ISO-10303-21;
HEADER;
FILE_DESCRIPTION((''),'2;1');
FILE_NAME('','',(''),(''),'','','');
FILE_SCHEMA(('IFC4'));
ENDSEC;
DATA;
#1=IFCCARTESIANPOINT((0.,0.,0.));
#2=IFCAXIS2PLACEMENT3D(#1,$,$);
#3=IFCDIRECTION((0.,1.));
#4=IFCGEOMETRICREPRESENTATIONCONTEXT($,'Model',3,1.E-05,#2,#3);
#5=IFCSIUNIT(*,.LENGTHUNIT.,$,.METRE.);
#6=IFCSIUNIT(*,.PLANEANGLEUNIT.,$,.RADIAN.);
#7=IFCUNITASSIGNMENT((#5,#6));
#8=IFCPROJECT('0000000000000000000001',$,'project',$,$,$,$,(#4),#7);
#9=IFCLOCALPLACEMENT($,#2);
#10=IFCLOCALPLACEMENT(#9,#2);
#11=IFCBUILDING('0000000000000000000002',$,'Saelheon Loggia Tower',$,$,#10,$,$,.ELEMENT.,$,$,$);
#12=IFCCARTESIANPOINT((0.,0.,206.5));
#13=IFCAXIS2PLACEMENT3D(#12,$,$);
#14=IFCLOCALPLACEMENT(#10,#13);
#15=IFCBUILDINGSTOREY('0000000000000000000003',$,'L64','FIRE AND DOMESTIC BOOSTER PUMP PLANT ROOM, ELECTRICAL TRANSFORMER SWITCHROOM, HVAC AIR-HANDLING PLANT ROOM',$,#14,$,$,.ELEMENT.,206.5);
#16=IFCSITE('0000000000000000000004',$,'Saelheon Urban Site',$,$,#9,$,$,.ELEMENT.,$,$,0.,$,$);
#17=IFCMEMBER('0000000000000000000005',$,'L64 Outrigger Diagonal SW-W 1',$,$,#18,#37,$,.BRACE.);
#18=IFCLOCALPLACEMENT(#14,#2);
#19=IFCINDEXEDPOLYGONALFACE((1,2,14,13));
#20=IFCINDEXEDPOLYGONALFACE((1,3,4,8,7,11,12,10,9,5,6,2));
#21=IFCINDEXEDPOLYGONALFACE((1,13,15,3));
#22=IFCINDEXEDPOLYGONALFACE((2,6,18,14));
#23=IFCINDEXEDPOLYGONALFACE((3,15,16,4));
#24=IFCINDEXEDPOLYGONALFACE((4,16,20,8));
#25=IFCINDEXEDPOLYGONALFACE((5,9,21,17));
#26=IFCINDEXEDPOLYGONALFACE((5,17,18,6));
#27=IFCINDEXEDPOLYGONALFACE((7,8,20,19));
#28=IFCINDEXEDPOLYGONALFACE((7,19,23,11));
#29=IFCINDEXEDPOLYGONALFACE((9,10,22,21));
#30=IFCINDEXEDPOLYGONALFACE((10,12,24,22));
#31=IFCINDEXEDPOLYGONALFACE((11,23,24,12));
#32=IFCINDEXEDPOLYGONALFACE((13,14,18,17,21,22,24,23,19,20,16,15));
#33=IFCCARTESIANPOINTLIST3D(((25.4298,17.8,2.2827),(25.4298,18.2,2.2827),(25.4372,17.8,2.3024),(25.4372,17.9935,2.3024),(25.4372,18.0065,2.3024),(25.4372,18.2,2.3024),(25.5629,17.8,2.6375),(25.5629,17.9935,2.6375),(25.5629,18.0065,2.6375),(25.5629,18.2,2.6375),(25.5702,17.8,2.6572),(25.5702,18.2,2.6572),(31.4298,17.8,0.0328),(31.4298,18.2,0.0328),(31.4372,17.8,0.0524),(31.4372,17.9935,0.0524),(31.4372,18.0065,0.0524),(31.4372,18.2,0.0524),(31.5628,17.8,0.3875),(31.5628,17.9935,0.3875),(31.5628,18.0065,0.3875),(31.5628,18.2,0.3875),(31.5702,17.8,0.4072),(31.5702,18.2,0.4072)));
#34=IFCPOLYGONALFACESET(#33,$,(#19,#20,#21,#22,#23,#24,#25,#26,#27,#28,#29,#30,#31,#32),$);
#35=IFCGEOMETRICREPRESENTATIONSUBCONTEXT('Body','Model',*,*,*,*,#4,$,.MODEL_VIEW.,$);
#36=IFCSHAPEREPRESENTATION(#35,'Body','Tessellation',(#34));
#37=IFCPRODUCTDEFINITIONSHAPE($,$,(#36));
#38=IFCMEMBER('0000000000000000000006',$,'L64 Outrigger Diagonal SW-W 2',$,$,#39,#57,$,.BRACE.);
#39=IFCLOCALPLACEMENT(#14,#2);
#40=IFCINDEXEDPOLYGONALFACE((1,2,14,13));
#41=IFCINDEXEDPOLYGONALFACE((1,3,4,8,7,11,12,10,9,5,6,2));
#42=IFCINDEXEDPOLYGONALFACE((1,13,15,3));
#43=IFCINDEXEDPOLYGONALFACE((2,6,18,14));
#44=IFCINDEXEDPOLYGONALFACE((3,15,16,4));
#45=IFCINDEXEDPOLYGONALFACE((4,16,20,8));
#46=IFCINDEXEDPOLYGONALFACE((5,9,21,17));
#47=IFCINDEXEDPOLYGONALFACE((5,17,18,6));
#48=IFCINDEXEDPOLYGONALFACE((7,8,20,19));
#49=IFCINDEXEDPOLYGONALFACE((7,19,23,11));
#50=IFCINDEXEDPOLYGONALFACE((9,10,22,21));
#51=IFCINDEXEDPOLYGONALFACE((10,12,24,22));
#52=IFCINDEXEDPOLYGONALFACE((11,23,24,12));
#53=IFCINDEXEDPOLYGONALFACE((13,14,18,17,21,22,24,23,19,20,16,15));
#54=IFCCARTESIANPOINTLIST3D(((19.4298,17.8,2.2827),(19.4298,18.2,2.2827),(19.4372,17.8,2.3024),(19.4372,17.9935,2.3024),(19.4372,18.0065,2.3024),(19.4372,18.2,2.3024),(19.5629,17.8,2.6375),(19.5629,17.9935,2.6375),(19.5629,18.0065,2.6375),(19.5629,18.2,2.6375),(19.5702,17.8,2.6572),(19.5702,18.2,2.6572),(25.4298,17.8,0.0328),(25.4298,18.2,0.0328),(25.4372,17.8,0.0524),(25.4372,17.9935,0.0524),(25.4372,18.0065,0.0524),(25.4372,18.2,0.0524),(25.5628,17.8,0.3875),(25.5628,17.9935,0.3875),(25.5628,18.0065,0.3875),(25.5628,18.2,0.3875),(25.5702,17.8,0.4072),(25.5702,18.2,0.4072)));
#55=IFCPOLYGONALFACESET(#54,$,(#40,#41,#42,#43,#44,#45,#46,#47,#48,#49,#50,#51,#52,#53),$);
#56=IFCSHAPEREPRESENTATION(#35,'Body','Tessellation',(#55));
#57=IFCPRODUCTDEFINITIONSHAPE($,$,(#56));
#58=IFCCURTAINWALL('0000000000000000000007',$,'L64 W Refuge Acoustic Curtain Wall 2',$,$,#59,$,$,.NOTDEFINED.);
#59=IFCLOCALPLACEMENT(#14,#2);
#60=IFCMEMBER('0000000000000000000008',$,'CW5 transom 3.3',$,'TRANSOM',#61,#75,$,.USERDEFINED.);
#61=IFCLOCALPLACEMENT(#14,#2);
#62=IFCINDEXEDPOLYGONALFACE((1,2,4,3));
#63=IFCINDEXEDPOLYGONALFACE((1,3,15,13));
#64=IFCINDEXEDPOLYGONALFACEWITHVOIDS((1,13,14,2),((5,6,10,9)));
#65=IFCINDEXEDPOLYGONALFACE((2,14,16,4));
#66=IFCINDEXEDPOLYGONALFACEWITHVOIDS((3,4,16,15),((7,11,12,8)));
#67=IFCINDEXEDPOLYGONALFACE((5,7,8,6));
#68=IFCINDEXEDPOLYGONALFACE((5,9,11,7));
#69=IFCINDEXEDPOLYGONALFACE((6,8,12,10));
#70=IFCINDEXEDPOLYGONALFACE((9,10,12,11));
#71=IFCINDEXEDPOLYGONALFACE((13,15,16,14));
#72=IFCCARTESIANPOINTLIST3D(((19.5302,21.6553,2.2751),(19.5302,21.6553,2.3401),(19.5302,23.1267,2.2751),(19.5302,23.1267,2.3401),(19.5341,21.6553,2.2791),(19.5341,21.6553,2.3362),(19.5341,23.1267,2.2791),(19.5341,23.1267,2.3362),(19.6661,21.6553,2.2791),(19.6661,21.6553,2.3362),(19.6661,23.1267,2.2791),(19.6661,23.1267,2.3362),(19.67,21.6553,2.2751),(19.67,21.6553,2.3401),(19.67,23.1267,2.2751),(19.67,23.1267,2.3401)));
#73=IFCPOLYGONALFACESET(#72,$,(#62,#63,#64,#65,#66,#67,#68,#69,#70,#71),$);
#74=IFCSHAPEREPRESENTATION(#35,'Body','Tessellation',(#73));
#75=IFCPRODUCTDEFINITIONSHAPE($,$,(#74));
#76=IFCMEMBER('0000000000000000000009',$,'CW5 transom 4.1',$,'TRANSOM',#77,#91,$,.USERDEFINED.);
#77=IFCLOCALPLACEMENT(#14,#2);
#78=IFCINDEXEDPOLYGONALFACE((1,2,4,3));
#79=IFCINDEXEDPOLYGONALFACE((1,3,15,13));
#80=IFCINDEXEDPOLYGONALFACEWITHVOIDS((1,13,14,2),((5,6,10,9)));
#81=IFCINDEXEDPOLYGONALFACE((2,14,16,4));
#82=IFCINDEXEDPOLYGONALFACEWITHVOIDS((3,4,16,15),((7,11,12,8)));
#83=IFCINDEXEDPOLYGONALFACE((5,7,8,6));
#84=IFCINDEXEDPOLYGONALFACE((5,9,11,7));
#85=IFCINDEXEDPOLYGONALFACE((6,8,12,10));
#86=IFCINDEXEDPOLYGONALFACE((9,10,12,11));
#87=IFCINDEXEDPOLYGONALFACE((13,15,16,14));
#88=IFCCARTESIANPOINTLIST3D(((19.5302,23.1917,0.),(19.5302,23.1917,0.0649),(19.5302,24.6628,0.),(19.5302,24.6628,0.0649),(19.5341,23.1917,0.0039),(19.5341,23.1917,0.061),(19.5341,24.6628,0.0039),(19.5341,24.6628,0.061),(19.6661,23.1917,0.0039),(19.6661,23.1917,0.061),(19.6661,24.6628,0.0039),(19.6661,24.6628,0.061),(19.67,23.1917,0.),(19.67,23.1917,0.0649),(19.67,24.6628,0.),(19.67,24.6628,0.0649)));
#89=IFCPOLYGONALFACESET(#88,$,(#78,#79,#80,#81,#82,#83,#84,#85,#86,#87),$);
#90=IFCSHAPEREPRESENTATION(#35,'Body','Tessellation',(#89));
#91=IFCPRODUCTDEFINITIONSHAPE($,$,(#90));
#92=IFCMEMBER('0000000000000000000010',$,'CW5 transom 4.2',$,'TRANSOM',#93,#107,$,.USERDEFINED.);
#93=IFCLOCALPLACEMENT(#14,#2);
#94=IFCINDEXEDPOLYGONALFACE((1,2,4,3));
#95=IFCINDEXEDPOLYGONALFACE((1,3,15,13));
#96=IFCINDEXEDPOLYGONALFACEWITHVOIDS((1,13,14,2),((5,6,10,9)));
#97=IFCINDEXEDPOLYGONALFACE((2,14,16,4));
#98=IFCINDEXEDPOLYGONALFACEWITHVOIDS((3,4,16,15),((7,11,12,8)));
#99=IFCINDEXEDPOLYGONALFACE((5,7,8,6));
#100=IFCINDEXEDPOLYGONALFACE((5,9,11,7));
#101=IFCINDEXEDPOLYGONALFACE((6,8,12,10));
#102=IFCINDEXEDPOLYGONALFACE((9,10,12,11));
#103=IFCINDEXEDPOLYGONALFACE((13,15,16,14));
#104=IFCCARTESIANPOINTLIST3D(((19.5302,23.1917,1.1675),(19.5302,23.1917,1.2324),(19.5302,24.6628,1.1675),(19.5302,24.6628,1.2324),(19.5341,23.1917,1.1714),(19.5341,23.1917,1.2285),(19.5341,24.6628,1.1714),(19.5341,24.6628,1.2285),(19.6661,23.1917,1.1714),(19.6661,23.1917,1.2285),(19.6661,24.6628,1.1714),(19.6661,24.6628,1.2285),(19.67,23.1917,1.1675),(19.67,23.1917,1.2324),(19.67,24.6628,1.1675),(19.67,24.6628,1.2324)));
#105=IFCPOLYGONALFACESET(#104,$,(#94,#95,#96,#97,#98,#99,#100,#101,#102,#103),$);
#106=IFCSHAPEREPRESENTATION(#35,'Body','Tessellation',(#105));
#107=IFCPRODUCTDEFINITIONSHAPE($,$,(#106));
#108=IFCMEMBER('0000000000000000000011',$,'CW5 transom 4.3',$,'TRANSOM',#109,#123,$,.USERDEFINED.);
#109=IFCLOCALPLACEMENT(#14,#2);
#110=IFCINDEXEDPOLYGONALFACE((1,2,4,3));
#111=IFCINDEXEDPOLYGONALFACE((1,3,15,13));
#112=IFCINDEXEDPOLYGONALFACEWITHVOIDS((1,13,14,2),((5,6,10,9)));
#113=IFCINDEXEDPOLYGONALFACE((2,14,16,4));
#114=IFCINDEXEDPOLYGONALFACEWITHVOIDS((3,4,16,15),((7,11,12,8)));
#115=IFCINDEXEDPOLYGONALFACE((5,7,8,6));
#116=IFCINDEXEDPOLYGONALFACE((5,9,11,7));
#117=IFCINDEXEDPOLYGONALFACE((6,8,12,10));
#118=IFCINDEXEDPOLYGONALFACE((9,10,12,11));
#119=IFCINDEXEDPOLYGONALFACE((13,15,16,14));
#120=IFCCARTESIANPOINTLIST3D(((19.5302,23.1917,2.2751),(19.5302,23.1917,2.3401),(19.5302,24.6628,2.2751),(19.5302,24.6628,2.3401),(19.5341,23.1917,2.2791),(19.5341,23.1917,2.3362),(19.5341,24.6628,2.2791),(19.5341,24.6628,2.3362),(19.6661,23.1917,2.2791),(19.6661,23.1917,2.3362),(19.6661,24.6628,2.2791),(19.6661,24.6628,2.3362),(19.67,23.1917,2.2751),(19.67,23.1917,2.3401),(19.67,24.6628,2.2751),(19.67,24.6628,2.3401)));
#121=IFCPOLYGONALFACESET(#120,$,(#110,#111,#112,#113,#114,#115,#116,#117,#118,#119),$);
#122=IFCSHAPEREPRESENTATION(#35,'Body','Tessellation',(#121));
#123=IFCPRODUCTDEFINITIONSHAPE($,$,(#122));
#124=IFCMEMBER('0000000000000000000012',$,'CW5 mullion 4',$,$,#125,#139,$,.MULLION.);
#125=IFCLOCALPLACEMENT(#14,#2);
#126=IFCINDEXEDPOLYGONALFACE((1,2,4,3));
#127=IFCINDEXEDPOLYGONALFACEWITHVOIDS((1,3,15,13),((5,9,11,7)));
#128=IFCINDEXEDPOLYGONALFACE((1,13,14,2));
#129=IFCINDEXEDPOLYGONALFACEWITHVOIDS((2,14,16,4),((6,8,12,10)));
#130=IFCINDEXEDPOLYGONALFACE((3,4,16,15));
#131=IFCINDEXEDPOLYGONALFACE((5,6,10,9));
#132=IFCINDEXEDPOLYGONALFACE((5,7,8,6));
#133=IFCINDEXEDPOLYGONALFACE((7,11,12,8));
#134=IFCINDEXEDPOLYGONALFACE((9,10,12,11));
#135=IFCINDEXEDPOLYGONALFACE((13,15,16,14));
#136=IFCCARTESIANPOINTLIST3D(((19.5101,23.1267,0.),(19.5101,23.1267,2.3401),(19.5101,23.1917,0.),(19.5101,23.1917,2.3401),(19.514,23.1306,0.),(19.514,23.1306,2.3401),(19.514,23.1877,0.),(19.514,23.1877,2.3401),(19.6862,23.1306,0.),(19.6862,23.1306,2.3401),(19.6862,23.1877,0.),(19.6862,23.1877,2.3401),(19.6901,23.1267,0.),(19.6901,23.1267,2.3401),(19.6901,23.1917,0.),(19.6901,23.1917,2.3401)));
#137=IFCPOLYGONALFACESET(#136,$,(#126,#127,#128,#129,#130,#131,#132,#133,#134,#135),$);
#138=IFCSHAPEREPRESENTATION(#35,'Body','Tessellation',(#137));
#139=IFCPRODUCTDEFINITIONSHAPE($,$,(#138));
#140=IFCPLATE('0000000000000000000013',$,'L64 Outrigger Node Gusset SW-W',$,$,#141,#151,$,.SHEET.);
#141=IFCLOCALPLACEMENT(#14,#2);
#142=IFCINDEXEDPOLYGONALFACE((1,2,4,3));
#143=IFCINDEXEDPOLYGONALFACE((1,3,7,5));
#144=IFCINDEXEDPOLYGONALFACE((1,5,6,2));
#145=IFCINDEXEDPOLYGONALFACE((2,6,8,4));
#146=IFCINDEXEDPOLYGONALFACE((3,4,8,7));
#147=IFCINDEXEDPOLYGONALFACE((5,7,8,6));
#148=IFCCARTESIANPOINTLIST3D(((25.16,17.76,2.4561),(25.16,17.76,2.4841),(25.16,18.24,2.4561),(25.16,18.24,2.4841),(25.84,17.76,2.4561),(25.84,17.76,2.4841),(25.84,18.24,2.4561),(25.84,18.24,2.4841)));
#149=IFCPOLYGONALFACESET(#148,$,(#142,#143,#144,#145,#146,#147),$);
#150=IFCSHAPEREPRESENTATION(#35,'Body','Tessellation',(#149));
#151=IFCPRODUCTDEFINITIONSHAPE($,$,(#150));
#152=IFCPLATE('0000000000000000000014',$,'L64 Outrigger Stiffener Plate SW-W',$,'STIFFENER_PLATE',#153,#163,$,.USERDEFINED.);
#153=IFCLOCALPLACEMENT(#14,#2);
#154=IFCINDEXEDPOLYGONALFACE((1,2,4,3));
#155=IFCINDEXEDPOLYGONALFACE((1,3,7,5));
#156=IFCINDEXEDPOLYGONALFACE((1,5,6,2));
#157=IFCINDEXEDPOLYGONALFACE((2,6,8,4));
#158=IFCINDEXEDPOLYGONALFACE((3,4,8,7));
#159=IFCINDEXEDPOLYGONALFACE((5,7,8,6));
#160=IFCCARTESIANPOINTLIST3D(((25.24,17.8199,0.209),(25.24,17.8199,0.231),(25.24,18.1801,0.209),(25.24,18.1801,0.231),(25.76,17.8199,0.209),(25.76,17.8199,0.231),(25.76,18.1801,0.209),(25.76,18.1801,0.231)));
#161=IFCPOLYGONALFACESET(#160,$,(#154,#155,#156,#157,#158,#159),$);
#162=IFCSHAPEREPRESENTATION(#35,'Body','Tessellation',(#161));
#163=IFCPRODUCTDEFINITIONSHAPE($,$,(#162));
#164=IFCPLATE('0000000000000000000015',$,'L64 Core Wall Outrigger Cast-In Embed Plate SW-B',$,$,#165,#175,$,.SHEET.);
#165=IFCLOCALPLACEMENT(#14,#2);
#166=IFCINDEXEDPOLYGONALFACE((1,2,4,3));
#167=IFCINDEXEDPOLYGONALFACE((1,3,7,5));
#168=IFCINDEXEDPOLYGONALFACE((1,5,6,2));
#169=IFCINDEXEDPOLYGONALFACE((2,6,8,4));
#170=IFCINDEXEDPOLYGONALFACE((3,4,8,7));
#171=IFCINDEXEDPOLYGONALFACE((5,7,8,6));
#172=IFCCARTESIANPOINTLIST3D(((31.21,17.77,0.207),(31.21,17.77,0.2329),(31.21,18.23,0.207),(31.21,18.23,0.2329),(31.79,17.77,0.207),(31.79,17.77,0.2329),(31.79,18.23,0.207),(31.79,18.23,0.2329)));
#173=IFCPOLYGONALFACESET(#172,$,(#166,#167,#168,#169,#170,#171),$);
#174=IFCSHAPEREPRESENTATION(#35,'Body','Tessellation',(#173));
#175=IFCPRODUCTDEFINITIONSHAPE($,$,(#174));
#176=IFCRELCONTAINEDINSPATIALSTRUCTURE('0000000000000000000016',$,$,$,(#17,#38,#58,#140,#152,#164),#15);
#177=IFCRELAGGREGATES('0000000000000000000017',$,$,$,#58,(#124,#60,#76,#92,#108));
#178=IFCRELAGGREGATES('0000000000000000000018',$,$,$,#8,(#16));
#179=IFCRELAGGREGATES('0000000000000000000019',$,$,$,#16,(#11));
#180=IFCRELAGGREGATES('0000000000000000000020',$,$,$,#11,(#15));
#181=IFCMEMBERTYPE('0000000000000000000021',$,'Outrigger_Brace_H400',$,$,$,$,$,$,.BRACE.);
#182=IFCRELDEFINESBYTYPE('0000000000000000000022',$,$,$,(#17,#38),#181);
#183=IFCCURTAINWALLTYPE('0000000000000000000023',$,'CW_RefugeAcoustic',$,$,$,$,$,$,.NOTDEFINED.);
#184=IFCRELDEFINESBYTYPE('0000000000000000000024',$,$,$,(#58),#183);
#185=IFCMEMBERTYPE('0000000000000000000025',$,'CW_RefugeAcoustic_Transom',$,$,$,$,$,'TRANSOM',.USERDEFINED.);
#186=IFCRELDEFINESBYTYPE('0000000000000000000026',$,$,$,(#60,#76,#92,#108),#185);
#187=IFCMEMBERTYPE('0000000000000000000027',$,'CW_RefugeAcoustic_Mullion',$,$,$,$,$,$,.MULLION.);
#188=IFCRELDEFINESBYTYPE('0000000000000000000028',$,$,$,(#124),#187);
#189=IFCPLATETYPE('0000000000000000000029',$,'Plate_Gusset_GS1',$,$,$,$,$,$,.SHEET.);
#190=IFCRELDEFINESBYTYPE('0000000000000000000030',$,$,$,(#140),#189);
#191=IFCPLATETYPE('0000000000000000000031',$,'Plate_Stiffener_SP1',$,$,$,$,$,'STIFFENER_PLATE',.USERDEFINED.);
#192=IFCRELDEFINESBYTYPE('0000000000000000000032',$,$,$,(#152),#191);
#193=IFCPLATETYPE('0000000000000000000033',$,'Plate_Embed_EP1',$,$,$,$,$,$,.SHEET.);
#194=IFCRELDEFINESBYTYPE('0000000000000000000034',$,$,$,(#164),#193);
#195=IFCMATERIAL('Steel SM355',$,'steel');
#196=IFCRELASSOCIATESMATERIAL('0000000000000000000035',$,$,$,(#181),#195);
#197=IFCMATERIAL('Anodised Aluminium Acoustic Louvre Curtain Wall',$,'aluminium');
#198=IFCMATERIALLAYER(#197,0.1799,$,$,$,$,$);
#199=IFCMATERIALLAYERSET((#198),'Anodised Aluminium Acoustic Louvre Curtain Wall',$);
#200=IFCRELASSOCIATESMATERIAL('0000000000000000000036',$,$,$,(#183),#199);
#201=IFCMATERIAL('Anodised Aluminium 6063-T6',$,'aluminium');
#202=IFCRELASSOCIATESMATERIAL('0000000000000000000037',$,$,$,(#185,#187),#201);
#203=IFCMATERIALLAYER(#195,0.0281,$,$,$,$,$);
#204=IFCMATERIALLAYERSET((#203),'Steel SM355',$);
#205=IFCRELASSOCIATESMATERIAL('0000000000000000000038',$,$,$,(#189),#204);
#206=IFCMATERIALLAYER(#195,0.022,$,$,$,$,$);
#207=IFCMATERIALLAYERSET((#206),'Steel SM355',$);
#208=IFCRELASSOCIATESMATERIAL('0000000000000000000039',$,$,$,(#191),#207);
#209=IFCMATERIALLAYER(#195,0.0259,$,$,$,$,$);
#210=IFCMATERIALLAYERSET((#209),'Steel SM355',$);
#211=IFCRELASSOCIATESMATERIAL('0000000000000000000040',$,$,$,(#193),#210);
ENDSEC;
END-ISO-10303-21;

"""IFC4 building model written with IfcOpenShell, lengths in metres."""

from ifc_helpers import new_model, si_unit, direction, frame, origin, origin_2d, place, context, subcontext, project, spatial, rectangle, hollow_rectangle, i_section, extrude, source, transform, mapped, material, layer, layer_set, material_profile, profile_set, type_object, element, aggregate, save


model = new_model("IFC4")

# Units and contexts
model_context = context("Model", 3, precision=1e-05, world=origin(), true_north=direction((0.0, 1.0)))
body_context = subcontext(model_context, "Body", "Model", "MODEL_VIEW")
ifc_project = project(units=[si_unit("LENGTHUNIT", "METRE"), si_unit("PLANEANGLEUNIT", "RADIAN")], contexts=[model_context])

# Site, building, storey
site_placement = place(None, origin())
site = spatial("IfcSite", under=ifc_project, at=site_placement, Name="Saelheon Urban Site", CompositionType="ELEMENT", RefElevation=0.0)
building_placement = place(site_placement, origin())
building = spatial("IfcBuilding", under=site, at=building_placement, Name="Saelheon Loggia Tower", CompositionType="ELEMENT")
storey_placement = place(building_placement, frame((0.0, 0.0, 206.5)))
storey = spatial("IfcBuildingStorey", under=building, at=storey_placement, Name="L64", Description="FIRE AND DOMESTIC BOOSTER PUMP PLANT ROOM, ELECTRICAL TRANSFORMER SWITCHROOM, HVAC AIR-HANDLING PLANT ROOM", CompositionType="ELEMENT", Elevation=206.5)

# Members
ifc_material_1 = material(Name="Steel SM355", Category="steel")
ifc_material_profile_1 = material_profile(ifc_material_1, i_section(OverallWidth=0.3999, OverallDepth=0.3999, WebThickness=0.0129, FlangeThickness=0.021, at=origin_2d()), Name="H-400x400x13x21")
ifc_profile_set_1 = profile_set([ifc_material_profile_1], Name="Steel SM355")
member_type_1 = type_object("IfcMemberType", Name="Outrigger_Brace_H400", PredefinedType="BRACE", material=ifc_profile_set_1)
shared_shape_1 = source(origin(), body_context, "Body", "SweptSolid", [
    extrude(i_section(OverallWidth=0.3999, OverallDepth=0.3999, WebThickness=0.0129, FlangeThickness=0.021, at=origin_2d()), origin(), (0.0, 0.0, 1.0), 6.408),
])
for number, where, z_axis, x_axis, name in (
    (1, (31.5, 18.0, 0.22), (-0.936329, 0.0, 0.351123), (0.0, -1.0, 0.0), "L64 Outrigger Diagonal SW-W 1"),
    (2, (25.5, 18.0, 0.22), (-0.936329, 0.0, 0.351123), (0.0, -1.0, 0.0), "L64 Outrigger Diagonal SW-W 2"),
):
    element("IfcMember", number, at=place(storey_placement, frame(where, z_axis=z_axis, x_axis=x_axis)), inside=storey, type_object=member_type_1, Name=name, PredefinedType="BRACE", context=body_context, shape_type="MappedRepresentation", body=[
        mapped(shared_shape_1, transform((0.0, 0.0, 0.0), scale=1.0)),
    ])

# Curtain wall, members
ifc_material_2 = material(Name="Anodised Aluminium Acoustic Louvre Curtain Wall", Category="aluminium")
ifc_layer_1 = layer(ifc_material_2, 0.1799)
ifc_layer_set_1 = layer_set([ifc_layer_1], Name="Anodised Aluminium Acoustic Louvre Curtain Wall")
curtain_wall_type = type_object("IfcCurtainWallType", Name="CW_RefugeAcoustic", PredefinedType="NOTDEFINED", material=ifc_layer_set_1)
curtain_wall_placement = place(storey_placement, origin())
curtain_wall = element("IfcCurtainWall", 3, at=curtain_wall_placement, inside=storey, type_object=curtain_wall_type, Name="L64 W Refuge Acoustic Curtain Wall 2", PredefinedType="NOTDEFINED")
ifc_material_3 = material(Name="Anodised Aluminium 6063-T6", Category="aluminium")
ifc_material_profile_2 = material_profile(ifc_material_3, hollow_rectangle(XDim=0.0649, YDim=0.1399, WallThickness=0.0039, at=origin_2d()), Name="RHS-140x65x4")
ifc_profile_set_2 = profile_set([ifc_material_profile_2], Name="Anodised Aluminium 6063-T6")
member_type_2 = type_object("IfcMemberType", Name="CW_RefugeAcoustic_Transom", ElementType="TRANSOM", PredefinedType="USERDEFINED", material=ifc_profile_set_2)
shared_shape_2 = source(origin(), body_context, "Body", "SweptSolid", [
    extrude(hollow_rectangle(XDim=0.0649, YDim=0.1399, WallThickness=0.0039, at=origin_2d()), origin(), (0.0, 0.0, 1.0), 1.4714),
])
member_1_placement = place(storey_placement, frame((19.6001, 21.6553, 2.3076), z_axis=(0.0, 1.0, 0.0), x_axis=(0.0, 0.0, 1.0)))
member_1 = element("IfcMember", 4, at=member_1_placement, type_object=member_type_2, Name="CW5 transom 3.3", ObjectType="TRANSOM", PredefinedType="USERDEFINED", context=body_context, shape_type="MappedRepresentation", body=[
    mapped(shared_shape_2, transform((0.0, 0.0, 0.0), scale=1.0)),
])
shared_shape_3 = source(origin(), body_context, "Body", "SweptSolid", [
    extrude(hollow_rectangle(XDim=0.0649, YDim=0.1399, WallThickness=0.0039, at=origin_2d()), origin(), (0.0, 0.0, 1.0), 1.4712),
])
member_2_placement = place(storey_placement, frame((19.6001, 23.1917, 0.0325), z_axis=(0.0, 1.0, 0.0), x_axis=(0.0, 0.0, 1.0)))
member_2 = element("IfcMember", 5, at=member_2_placement, type_object=member_type_2, Name="CW5 transom 4.1", ObjectType="TRANSOM", PredefinedType="USERDEFINED", context=body_context, shape_type="MappedRepresentation", body=[
    mapped(shared_shape_3, transform((0.0, 0.0, 0.0), scale=1.0)),
])
member_3_placement = place(storey_placement, frame((19.6001, 23.1917, 1.2), z_axis=(0.0, 1.0, 0.0), x_axis=(0.0, 0.0, 1.0)))
member_3 = element("IfcMember", 6, at=member_3_placement, type_object=member_type_2, Name="CW5 transom 4.2", ObjectType="TRANSOM", PredefinedType="USERDEFINED", context=body_context, shape_type="MappedRepresentation", body=[
    mapped(shared_shape_3, transform((0.0, 0.0, 0.0), scale=1.0)),
])
member_4_placement = place(storey_placement, frame((19.6001, 23.1917, 2.3076), z_axis=(0.0, 1.0, 0.0), x_axis=(0.0, 0.0, 1.0)))
member_4 = element("IfcMember", 7, at=member_4_placement, type_object=member_type_2, Name="CW5 transom 4.3", ObjectType="TRANSOM", PredefinedType="USERDEFINED", context=body_context, shape_type="MappedRepresentation", body=[
    mapped(shared_shape_3, transform((0.0, 0.0, 0.0), scale=1.0)),
])
ifc_material_profile_3 = material_profile(ifc_material_3, hollow_rectangle(XDim=0.0649, YDim=0.1799, WallThickness=0.0039, at=origin_2d()), Name="RHS-180x65x4")
ifc_profile_set_3 = profile_set([ifc_material_profile_3], Name="Anodised Aluminium 6063-T6")
member_type_3 = type_object("IfcMemberType", Name="CW_RefugeAcoustic_Mullion", PredefinedType="MULLION", material=ifc_profile_set_3)
shared_shape_4 = source(origin(), body_context, "Body", "SweptSolid", [
    extrude(hollow_rectangle(XDim=0.0649, YDim=0.1799, WallThickness=0.0039, at=origin_2d()), origin(), (0.0, 0.0, 1.0), 2.3401),
])
member_5_placement = place(storey_placement, frame((19.6001, 23.1592, 0.0), z_axis=(0.0, 0.0, 1.0), x_axis=(0.0, 1.0, 0.0)))
member_5 = element("IfcMember", 8, at=member_5_placement, type_object=member_type_3, Name="CW5 mullion 4", PredefinedType="MULLION", context=body_context, shape_type="MappedRepresentation", body=[
    mapped(shared_shape_4, transform((0.0, 0.0, 0.0), scale=1.0)),
])

# Plates
ifc_layer_2 = layer(ifc_material_1, 0.0281)
ifc_layer_set_2 = layer_set([ifc_layer_2], Name="Steel SM355")
plate_type_1 = type_object("IfcPlateType", Name="Plate_Gusset_GS1", PredefinedType="SHEET", material=ifc_layer_set_2)
shared_shape_5 = source(origin(), body_context, "Body", "SweptSolid", [
    extrude(rectangle(XDim=0.6799, YDim=0.48, at=origin_2d()), origin(), (0.0, 0.0, 1.0), 0.0281),
])
plate_1_placement = place(storey_placement, frame((25.5, 18.0, 2.4561), z_axis=(0.0, 0.0, 1.0), x_axis=(1.0, 0.0, 0.0)))
element("IfcPlate", 9, at=plate_1_placement, inside=storey, type_object=plate_type_1, Name="L64 Outrigger Node Gusset SW-W", PredefinedType="SHEET", context=body_context, shape_type="MappedRepresentation", body=[
    mapped(shared_shape_5, transform((0.0, 0.0, 0.0), scale=1.0)),
])
ifc_layer_3 = layer(ifc_material_1, 0.022)
ifc_layer_set_3 = layer_set([ifc_layer_3], Name="Steel SM355")
plate_type_2 = type_object("IfcPlateType", Name="Plate_Stiffener_SP1", ElementType="STIFFENER_PLATE", PredefinedType="USERDEFINED", material=ifc_layer_set_3)
shared_shape_6 = source(origin(), body_context, "Body", "SweptSolid", [
    extrude(rectangle(XDim=0.52, YDim=0.3601, at=origin_2d()), origin(), (0.0, 0.0, 1.0), 0.022),
])
plate_2_placement = place(storey_placement, frame((25.5, 18.0, 0.209), z_axis=(0.0, 0.0, 1.0), x_axis=(1.0, 0.0, 0.0)))
element("IfcPlate", 10, at=plate_2_placement, inside=storey, type_object=plate_type_2, Name="L64 Outrigger Stiffener Plate SW-W", ObjectType="STIFFENER_PLATE", PredefinedType="USERDEFINED", context=body_context, shape_type="MappedRepresentation", body=[
    mapped(shared_shape_6, transform((0.0, 0.0, 0.0), scale=1.0)),
])
ifc_layer_4 = layer(ifc_material_1, 0.0259)
ifc_layer_set_4 = layer_set([ifc_layer_4], Name="Steel SM355")
plate_type_3 = type_object("IfcPlateType", Name="Plate_Embed_EP1", PredefinedType="SHEET", material=ifc_layer_set_4)
shared_shape_7 = source(origin(), body_context, "Body", "SweptSolid", [
    extrude(rectangle(XDim=0.5801, YDim=0.46, at=origin_2d()), origin(), (0.0, 0.0, 1.0), 0.0259),
])
for number, where, z_axis, x_axis, name in (
    (11, (31.5, 18.0, 0.207), (0.0, 0.0, 1.0), (1.0, 0.0, 0.0), "L64 Core Wall Outrigger Cast-In Embed Plate SW-B"),
):
    element("IfcPlate", number, at=place(storey_placement, frame(where, z_axis=z_axis, x_axis=x_axis)), inside=storey, type_object=plate_type_3, Name=name, PredefinedType="SHEET", context=body_context, shape_type="MappedRepresentation", body=[
        mapped(shared_shape_7, transform((0.0, 0.0, 0.0), scale=1.0)),
    ])

aggregate(curtain_wall, [member_5, member_1, member_2, member_3, member_4])

save(model, "model.ifc")
